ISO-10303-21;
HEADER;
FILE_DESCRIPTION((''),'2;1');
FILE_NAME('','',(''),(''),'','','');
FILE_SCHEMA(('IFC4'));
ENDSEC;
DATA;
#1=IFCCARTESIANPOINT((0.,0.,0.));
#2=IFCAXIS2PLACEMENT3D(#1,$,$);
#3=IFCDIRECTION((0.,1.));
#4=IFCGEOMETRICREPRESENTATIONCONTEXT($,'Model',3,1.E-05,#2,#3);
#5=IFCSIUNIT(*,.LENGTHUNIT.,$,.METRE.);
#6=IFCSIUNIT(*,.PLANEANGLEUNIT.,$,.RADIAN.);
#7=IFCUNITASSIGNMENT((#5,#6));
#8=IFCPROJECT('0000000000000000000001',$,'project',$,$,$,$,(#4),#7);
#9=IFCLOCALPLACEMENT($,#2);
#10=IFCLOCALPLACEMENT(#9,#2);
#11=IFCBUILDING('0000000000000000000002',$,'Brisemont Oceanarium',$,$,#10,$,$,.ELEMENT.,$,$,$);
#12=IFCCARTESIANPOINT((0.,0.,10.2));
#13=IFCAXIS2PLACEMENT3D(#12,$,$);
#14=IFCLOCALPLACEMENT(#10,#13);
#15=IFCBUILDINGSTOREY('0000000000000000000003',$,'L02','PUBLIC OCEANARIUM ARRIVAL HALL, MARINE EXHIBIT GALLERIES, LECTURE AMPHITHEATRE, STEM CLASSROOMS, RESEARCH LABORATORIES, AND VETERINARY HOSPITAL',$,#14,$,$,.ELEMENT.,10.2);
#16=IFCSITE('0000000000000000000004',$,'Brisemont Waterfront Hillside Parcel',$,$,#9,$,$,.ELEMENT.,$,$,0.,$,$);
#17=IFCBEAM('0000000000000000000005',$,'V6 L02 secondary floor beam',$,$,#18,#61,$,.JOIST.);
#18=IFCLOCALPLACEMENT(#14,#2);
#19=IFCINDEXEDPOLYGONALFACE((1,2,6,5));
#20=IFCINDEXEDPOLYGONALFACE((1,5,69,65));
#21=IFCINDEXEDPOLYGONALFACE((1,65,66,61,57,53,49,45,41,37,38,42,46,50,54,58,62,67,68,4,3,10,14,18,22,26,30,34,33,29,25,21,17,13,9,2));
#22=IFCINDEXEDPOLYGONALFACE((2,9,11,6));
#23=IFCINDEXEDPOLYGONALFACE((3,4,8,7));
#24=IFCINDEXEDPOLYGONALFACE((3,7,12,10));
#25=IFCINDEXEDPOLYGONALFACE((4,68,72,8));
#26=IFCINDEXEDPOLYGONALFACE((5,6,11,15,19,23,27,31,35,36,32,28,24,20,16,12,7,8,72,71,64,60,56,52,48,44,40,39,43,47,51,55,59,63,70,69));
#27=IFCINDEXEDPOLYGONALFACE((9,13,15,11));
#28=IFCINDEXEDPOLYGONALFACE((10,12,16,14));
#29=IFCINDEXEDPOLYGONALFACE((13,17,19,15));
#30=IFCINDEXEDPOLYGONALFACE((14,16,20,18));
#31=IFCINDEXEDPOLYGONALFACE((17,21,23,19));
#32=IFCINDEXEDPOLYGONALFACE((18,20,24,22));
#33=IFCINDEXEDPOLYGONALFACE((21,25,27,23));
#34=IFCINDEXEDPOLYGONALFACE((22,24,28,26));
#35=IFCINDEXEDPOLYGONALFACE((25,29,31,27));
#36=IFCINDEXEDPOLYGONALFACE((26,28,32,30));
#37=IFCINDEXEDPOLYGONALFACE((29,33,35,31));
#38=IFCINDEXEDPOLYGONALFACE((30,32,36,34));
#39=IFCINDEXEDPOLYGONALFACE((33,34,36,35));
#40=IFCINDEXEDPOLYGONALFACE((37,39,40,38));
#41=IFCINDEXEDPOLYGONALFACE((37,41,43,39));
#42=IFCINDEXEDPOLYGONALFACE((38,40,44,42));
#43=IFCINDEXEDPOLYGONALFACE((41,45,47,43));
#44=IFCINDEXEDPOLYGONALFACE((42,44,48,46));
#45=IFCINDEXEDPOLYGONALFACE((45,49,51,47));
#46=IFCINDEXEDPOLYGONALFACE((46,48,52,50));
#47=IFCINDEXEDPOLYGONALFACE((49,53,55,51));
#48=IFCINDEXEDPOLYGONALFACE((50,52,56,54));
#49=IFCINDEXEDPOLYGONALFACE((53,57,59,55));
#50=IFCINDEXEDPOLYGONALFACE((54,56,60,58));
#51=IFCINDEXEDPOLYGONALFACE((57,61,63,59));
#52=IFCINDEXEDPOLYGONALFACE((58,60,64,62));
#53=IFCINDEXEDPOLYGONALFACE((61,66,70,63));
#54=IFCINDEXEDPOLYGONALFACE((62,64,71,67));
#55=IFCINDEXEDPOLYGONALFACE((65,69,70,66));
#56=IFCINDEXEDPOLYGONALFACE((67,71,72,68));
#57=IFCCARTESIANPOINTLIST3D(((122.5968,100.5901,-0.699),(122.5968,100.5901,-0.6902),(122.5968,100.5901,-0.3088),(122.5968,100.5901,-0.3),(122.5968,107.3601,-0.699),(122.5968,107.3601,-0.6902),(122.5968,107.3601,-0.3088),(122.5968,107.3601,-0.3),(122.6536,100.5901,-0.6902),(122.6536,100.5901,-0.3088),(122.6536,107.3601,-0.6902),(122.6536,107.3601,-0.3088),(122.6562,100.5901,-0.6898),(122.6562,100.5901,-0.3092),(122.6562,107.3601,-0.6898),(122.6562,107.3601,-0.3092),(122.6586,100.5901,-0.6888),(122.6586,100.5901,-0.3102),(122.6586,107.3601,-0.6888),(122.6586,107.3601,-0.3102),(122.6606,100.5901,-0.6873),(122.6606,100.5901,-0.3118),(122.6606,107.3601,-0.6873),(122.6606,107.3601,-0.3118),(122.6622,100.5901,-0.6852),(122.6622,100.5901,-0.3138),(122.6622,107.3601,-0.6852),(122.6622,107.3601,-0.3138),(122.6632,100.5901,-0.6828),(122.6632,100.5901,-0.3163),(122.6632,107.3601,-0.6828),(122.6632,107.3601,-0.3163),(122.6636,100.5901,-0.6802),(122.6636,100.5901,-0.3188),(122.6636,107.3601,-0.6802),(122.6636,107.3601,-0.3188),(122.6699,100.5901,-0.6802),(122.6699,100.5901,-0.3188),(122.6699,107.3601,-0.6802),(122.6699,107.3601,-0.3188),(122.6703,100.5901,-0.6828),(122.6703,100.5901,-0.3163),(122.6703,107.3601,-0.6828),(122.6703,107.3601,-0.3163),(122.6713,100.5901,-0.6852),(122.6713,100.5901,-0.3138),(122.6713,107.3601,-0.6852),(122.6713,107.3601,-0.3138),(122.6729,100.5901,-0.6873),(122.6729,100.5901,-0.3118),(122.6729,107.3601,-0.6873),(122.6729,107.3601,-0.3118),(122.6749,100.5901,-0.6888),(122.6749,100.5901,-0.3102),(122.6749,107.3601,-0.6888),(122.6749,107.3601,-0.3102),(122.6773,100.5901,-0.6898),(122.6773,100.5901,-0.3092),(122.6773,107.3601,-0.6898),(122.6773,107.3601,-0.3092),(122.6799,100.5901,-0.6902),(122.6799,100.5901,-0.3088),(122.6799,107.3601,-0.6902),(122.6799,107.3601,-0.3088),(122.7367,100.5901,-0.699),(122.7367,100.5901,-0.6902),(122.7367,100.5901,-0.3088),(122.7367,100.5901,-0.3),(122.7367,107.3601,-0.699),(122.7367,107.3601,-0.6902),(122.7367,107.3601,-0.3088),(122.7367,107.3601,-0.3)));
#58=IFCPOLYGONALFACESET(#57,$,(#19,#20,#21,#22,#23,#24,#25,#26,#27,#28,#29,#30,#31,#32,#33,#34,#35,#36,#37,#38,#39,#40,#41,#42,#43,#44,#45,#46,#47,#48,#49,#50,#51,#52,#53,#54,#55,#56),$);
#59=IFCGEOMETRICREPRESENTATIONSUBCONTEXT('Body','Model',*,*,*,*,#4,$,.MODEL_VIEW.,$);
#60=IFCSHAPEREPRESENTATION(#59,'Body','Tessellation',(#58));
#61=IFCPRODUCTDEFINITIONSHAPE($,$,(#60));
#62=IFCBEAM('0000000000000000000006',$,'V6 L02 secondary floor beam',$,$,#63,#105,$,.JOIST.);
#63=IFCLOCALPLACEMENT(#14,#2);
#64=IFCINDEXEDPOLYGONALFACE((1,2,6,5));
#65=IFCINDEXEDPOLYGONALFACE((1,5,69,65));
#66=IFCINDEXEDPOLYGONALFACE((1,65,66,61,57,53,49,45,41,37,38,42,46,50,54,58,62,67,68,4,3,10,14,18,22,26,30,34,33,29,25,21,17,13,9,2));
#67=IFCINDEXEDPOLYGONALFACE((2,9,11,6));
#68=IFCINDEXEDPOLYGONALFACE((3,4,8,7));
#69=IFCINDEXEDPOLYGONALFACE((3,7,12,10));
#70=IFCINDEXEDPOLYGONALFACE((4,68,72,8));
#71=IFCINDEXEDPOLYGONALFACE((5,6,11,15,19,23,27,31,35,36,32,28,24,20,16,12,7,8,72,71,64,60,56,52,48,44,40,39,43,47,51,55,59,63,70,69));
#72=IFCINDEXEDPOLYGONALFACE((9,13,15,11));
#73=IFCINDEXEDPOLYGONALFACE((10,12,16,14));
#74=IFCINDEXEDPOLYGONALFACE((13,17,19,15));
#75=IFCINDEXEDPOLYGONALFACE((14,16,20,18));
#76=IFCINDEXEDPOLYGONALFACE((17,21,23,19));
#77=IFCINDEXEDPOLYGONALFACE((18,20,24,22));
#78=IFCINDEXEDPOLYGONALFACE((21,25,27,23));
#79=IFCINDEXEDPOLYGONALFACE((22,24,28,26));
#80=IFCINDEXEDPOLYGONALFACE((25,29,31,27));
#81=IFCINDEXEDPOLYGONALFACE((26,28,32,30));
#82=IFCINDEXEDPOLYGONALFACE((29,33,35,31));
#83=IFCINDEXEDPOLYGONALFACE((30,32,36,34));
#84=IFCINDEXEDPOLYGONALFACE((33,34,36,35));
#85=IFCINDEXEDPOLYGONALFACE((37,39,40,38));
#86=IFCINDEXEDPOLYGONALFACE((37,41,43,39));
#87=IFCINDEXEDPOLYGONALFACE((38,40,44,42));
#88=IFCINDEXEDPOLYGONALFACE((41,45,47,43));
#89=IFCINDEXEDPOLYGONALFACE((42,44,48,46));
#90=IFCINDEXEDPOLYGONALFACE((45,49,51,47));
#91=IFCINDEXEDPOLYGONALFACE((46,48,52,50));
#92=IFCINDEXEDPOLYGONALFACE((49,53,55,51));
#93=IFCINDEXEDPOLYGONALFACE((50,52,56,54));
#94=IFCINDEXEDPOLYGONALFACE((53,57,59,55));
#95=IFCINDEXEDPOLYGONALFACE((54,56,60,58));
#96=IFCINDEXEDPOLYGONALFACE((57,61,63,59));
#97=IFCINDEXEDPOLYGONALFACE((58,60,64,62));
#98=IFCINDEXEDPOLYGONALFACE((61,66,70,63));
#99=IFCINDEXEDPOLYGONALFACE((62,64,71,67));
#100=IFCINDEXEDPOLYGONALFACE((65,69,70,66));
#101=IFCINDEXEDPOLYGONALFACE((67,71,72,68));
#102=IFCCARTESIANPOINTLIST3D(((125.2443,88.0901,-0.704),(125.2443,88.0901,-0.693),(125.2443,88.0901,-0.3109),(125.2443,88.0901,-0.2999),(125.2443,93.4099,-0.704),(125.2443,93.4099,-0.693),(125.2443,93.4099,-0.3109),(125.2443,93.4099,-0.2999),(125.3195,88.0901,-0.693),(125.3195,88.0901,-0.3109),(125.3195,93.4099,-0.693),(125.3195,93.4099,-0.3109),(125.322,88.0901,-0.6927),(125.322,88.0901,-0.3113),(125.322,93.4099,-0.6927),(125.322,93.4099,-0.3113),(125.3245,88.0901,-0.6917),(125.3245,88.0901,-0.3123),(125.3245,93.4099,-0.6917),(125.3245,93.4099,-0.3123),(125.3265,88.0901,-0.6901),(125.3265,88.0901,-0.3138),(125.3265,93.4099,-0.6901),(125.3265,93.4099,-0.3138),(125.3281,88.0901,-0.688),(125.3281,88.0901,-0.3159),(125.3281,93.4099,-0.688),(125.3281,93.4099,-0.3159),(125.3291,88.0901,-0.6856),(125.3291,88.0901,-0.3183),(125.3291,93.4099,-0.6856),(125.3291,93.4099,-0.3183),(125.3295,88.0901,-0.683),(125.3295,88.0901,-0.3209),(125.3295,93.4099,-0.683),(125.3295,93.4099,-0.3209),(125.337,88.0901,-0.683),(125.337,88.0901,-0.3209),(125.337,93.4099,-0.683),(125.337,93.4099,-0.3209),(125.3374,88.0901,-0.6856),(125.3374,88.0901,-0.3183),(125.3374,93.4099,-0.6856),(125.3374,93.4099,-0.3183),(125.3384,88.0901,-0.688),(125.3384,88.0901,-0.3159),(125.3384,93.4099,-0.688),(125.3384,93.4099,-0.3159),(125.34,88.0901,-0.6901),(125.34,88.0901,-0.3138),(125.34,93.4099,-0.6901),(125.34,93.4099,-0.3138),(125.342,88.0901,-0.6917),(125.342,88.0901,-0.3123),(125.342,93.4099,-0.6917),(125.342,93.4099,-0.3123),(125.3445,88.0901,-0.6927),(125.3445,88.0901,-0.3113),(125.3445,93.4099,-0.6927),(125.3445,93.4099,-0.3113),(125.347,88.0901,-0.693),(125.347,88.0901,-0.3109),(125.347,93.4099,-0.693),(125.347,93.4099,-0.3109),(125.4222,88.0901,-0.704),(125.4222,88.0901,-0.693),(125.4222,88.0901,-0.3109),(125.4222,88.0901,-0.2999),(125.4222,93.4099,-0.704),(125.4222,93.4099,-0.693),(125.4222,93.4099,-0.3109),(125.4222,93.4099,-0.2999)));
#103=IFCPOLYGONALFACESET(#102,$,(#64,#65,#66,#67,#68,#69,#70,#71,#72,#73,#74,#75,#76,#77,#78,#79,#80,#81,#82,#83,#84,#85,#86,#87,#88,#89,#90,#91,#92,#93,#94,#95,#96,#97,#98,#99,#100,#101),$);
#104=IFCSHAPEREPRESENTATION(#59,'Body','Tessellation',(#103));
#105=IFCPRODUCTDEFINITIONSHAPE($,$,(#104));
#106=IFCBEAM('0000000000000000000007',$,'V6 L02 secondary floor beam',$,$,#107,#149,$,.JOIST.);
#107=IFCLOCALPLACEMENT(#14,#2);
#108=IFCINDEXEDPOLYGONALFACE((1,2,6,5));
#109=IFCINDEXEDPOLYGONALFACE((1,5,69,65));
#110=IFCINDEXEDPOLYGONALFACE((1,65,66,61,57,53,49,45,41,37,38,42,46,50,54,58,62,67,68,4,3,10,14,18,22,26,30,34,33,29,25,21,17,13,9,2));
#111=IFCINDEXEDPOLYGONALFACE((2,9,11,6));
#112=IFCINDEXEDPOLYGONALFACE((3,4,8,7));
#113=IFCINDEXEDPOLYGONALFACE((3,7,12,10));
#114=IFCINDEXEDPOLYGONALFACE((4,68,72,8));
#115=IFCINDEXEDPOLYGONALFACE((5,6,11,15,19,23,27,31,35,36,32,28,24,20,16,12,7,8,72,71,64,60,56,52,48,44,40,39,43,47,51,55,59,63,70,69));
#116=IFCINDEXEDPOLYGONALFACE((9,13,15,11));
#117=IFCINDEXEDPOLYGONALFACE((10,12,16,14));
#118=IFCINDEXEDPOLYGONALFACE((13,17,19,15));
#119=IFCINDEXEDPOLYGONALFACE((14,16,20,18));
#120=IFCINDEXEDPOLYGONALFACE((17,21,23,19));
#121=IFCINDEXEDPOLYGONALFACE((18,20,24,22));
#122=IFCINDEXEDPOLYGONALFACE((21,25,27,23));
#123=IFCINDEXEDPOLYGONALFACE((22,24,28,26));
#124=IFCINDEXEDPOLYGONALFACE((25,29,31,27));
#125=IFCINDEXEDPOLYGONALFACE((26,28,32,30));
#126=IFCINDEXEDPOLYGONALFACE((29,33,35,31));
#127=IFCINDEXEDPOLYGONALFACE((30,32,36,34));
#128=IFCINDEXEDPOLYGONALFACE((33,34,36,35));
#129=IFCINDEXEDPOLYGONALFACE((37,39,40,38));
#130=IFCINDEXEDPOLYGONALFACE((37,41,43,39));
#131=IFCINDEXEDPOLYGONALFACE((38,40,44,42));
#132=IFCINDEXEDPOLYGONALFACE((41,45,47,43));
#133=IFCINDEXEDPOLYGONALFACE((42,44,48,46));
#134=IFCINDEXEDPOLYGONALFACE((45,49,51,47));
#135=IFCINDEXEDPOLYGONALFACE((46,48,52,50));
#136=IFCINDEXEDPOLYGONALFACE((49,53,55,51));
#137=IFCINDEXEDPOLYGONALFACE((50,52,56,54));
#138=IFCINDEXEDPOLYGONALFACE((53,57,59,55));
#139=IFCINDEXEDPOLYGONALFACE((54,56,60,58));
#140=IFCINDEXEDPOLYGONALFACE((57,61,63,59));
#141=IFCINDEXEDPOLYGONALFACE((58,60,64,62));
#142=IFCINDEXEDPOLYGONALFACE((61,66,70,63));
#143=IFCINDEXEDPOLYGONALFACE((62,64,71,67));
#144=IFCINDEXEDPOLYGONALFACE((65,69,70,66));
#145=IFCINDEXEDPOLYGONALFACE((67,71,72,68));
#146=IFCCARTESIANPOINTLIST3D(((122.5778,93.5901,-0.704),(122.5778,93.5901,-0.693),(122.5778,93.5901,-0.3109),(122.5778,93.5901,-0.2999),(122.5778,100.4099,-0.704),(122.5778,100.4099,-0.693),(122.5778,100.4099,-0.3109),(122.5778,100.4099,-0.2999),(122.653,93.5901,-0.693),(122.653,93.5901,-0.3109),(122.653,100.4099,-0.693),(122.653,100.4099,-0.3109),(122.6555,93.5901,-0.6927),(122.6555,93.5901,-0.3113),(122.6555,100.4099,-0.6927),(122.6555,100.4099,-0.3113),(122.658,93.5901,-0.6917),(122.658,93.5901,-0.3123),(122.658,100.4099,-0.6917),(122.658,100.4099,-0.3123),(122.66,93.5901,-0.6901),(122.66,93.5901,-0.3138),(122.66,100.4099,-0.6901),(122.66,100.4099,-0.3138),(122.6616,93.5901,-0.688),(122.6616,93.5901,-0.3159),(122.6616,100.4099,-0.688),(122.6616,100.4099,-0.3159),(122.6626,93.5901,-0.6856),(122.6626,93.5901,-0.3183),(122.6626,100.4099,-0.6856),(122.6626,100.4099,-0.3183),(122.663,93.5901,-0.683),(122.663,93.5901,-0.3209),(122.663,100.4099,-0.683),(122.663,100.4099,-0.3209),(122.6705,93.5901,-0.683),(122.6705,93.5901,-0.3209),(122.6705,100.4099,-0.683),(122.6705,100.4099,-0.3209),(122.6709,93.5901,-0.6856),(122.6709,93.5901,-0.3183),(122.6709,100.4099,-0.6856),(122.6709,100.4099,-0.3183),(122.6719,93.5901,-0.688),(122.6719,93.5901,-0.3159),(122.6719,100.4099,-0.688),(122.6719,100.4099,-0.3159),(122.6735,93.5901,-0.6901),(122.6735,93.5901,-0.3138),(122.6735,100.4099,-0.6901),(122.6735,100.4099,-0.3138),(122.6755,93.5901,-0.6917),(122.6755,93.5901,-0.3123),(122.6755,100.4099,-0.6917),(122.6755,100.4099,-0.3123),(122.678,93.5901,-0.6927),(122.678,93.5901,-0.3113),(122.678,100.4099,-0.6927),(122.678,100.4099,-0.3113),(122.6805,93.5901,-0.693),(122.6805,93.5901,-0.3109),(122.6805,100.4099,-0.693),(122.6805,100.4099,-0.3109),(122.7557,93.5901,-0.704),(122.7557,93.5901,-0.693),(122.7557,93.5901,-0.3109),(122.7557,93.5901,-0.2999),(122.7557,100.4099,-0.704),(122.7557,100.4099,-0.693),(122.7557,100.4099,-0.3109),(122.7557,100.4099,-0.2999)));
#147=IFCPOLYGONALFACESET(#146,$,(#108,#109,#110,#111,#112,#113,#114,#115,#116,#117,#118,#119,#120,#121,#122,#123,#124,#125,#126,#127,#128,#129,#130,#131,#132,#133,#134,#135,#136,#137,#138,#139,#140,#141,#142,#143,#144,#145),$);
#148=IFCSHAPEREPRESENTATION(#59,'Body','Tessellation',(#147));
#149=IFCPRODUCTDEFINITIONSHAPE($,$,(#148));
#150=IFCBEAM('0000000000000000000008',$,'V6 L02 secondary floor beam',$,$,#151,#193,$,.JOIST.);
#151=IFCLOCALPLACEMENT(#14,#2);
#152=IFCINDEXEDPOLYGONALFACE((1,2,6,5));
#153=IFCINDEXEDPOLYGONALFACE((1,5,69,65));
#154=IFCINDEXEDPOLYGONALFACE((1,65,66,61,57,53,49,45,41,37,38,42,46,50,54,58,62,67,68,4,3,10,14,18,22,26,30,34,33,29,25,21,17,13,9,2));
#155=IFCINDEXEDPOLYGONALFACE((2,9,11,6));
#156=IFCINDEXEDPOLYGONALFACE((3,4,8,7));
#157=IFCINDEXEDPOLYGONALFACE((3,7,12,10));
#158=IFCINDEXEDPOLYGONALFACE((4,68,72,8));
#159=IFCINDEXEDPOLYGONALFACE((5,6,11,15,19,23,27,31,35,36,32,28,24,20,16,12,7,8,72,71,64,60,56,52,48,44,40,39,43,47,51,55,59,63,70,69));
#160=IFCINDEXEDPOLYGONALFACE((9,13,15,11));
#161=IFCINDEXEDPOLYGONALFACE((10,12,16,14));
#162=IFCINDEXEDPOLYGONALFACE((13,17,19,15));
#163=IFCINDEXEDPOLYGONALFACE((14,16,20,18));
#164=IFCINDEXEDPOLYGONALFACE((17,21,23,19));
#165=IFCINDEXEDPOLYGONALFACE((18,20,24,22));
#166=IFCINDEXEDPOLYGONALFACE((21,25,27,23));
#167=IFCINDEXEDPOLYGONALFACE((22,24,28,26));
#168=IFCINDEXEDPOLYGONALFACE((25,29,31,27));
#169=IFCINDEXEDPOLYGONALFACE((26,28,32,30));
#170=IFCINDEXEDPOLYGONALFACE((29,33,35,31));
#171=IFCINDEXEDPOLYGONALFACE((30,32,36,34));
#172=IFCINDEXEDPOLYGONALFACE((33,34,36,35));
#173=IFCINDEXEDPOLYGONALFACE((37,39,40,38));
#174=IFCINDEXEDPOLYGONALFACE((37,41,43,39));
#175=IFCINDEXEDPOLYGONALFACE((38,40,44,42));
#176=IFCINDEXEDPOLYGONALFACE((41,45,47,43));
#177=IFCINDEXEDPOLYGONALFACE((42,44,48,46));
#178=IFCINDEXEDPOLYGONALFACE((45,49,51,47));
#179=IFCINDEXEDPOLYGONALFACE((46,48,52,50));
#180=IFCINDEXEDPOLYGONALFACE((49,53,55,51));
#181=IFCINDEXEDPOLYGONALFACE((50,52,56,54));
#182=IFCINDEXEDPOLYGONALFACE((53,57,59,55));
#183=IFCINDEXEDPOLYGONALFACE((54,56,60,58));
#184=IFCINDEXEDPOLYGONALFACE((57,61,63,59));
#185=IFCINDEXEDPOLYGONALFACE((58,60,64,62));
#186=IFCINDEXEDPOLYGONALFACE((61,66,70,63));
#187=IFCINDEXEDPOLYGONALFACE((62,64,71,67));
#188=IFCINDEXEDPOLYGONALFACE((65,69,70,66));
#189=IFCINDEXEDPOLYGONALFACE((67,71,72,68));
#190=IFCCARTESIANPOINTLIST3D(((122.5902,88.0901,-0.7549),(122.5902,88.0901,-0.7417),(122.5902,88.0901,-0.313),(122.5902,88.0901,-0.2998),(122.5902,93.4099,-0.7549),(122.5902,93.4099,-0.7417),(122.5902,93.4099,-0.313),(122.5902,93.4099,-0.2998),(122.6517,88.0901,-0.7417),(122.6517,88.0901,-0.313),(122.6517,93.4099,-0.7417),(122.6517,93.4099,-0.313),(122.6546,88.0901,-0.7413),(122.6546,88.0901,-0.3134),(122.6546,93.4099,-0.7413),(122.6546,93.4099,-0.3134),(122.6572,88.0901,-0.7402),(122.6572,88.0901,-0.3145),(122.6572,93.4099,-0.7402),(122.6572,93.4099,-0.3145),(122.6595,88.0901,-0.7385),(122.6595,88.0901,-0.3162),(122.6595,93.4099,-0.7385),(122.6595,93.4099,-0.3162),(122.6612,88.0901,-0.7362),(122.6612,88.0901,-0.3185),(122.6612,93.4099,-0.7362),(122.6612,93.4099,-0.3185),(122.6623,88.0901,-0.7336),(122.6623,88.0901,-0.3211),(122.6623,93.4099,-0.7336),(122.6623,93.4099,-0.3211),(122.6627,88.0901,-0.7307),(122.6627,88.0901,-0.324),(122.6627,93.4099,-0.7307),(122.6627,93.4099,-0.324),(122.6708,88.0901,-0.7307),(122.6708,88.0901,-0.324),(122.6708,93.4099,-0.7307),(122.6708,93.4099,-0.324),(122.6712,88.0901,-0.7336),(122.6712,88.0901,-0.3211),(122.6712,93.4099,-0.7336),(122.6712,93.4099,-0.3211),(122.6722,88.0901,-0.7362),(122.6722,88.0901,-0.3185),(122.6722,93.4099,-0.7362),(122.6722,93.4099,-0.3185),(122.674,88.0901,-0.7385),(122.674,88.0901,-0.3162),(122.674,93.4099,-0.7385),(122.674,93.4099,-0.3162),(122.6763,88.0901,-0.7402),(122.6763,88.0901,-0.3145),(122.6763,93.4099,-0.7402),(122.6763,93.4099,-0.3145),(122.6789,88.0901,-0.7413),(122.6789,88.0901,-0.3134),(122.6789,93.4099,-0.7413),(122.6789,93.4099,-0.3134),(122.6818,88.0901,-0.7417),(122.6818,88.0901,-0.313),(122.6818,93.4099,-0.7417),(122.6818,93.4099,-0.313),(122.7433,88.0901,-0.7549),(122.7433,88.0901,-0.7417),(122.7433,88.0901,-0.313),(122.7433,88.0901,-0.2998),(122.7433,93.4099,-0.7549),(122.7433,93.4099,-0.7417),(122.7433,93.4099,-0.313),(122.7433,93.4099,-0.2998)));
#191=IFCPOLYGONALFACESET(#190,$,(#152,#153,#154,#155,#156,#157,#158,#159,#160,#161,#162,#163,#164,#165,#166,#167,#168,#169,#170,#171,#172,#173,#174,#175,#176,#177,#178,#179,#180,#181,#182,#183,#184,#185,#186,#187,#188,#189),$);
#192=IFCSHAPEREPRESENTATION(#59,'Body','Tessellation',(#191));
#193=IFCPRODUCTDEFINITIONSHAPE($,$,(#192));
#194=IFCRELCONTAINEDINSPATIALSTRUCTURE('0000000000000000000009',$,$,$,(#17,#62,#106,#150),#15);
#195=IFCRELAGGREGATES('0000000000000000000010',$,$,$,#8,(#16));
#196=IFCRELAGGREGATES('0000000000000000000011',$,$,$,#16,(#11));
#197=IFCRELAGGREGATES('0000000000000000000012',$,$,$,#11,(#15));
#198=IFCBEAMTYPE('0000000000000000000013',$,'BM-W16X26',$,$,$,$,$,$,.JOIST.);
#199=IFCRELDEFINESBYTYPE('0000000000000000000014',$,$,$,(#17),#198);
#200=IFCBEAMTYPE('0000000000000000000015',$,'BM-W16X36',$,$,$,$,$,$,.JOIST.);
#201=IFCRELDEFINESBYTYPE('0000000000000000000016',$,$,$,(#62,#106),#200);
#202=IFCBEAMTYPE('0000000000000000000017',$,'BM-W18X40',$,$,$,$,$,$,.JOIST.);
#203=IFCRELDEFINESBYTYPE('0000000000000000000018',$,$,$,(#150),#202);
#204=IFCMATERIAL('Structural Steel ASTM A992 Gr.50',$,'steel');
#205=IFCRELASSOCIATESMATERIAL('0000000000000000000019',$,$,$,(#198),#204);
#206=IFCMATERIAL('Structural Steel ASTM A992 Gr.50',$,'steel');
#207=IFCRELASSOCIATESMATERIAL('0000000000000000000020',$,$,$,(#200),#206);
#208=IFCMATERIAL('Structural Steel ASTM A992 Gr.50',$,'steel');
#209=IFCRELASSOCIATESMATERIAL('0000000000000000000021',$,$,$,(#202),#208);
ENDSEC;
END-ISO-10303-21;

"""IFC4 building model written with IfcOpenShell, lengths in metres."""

from ifc_helpers import new_model, si_unit, direction, frame, origin, origin_2d, place, context, subcontext, project, spatial, i_section, extrude, material, material_profile, profile_set, type_object, element, save


model = new_model("IFC4")

# Units and contexts
model_context = context("Model", 3, precision=1e-05, world=origin(), true_north=direction((0.0, 1.0)))
body_context = subcontext(model_context, "Body", "Model", "MODEL_VIEW")
ifc_project = project(units=[si_unit("LENGTHUNIT", "METRE"), si_unit("PLANEANGLEUNIT", "RADIAN")], contexts=[model_context])

# Site, building, storey
site_placement = place(None, origin())
site = spatial("IfcSite", under=ifc_project, at=site_placement, Name="Brisemont Waterfront Hillside Parcel", CompositionType="ELEMENT", RefElevation=0.0)
building_placement = place(site_placement, origin())
building = spatial("IfcBuilding", under=site, at=building_placement, Name="Brisemont Oceanarium", CompositionType="ELEMENT")
storey_placement = place(building_placement, frame((0.0, 0.0, 10.2)))
storey = spatial("IfcBuildingStorey", under=building, at=storey_placement, Name="L02", Description="PUBLIC OCEANARIUM ARRIVAL HALL, MARINE EXHIBIT GALLERIES, LECTURE AMPHITHEATRE, STEM CLASSROOMS, RESEARCH LABORATORIES, AND VETERINARY HOSPITAL", CompositionType="ELEMENT", Elevation=10.2)

# Beams
ifc_material_1 = material(Name="Structural Steel ASTM A992 Gr.50", Category="steel")
ifc_material_profile_1 = material_profile(ifc_material_1, i_section(OverallWidth=0.1399, OverallDepth=0.3989, WebThickness=0.0063, FlangeThickness=0.0088, FilletRadius=0.01, at=origin_2d()), Name="W16X26")
ifc_profile_set_1 = profile_set([ifc_material_profile_1], Name="Structural Steel ASTM A992 Gr.50")
beam_type_1 = type_object("IfcBeamType", Name="BM-W16X26", PredefinedType="JOIST", material=ifc_profile_set_1)
beam_1_placement = place(storey_placement, frame((122.6667, 100.5901, -0.4995), z_axis=(0.0, 1.0, 0.0), x_axis=(-1.0, 0.0, 0.0)))
element("IfcBeam", 1, at=beam_1_placement, inside=storey, type_object=beam_type_1, Name="V6 L02 secondary floor beam", PredefinedType="JOIST", context=body_context, shape_type="SweptSolid", body=[
    extrude(i_section(OverallWidth=0.1399, OverallDepth=0.3989, WebThickness=0.0063, FlangeThickness=0.0088, FilletRadius=0.01, at=origin_2d()), origin(), (0.0, 0.0, 1.0), 6.77),
])
ifc_material_2 = material(Name="Structural Steel ASTM A992 Gr.50", Category="steel")
ifc_material_profile_2 = material_profile(ifc_material_2, i_section(OverallWidth=0.178, OverallDepth=0.4041, WebThickness=0.0076, FlangeThickness=0.011, FilletRadius=0.01, at=origin_2d()), Name="W16X36")
ifc_profile_set_2 = profile_set([ifc_material_profile_2], Name="Structural Steel ASTM A992 Gr.50")
beam_type_2 = type_object("IfcBeamType", Name="BM-W16X36", PredefinedType="JOIST", material=ifc_profile_set_2)
beam_2_placement = place(storey_placement, frame((125.3333, 88.0901, -0.502), z_axis=(0.0, 1.0, 0.0), x_axis=(-1.0, 0.0, 0.0)))
element("IfcBeam", 2, at=beam_2_placement, inside=storey, type_object=beam_type_2, Name="V6 L02 secondary floor beam", PredefinedType="JOIST", context=body_context, shape_type="SweptSolid", body=[
    extrude(i_section(OverallWidth=0.178, OverallDepth=0.4041, WebThickness=0.0076, FlangeThickness=0.011, FilletRadius=0.01, at=origin_2d()), origin(), (0.0, 0.0, 1.0), 5.3198),
])
beam_3_placement = place(storey_placement, frame((122.6667, 93.5901, -0.502), z_axis=(0.0, 1.0, 0.0), x_axis=(-1.0, 0.0, 0.0)))
element("IfcBeam", 3, at=beam_3_placement, inside=storey, type_object=beam_type_2, Name="V6 L02 secondary floor beam", PredefinedType="JOIST", context=body_context, shape_type="SweptSolid", body=[
    extrude(i_section(OverallWidth=0.178, OverallDepth=0.4041, WebThickness=0.0076, FlangeThickness=0.011, FilletRadius=0.01, at=origin_2d()), origin(), (0.0, 0.0, 1.0), 6.8198),
])
ifc_material_3 = material(Name="Structural Steel ASTM A992 Gr.50", Category="steel")
ifc_material_profile_3 = material_profile(ifc_material_3, i_section(OverallWidth=0.1531, OverallDepth=0.4551, WebThickness=0.0081, FlangeThickness=0.0132, FilletRadius=0.011, at=origin_2d()), Name="W18X40")
ifc_profile_set_3 = profile_set([ifc_material_profile_3], Name="Structural Steel ASTM A992 Gr.50")
beam_type_3 = type_object("IfcBeamType", Name="BM-W18X40", PredefinedType="JOIST", material=ifc_profile_set_3)
beam_4_placement = place(storey_placement, frame((122.6667, 88.0901, -0.5273), z_axis=(0.0, 1.0, 0.0), x_axis=(-1.0, 0.0, 0.0)))
element("IfcBeam", 4, at=beam_4_placement, inside=storey, type_object=beam_type_3, Name="V6 L02 secondary floor beam", PredefinedType="JOIST", context=body_context, shape_type="SweptSolid", body=[
    extrude(i_section(OverallWidth=0.1531, OverallDepth=0.4551, WebThickness=0.0081, FlangeThickness=0.0132, FilletRadius=0.011, at=origin_2d()), origin(), (0.0, 0.0, 1.0), 5.3198),
])

save(model, "model.ifc")
